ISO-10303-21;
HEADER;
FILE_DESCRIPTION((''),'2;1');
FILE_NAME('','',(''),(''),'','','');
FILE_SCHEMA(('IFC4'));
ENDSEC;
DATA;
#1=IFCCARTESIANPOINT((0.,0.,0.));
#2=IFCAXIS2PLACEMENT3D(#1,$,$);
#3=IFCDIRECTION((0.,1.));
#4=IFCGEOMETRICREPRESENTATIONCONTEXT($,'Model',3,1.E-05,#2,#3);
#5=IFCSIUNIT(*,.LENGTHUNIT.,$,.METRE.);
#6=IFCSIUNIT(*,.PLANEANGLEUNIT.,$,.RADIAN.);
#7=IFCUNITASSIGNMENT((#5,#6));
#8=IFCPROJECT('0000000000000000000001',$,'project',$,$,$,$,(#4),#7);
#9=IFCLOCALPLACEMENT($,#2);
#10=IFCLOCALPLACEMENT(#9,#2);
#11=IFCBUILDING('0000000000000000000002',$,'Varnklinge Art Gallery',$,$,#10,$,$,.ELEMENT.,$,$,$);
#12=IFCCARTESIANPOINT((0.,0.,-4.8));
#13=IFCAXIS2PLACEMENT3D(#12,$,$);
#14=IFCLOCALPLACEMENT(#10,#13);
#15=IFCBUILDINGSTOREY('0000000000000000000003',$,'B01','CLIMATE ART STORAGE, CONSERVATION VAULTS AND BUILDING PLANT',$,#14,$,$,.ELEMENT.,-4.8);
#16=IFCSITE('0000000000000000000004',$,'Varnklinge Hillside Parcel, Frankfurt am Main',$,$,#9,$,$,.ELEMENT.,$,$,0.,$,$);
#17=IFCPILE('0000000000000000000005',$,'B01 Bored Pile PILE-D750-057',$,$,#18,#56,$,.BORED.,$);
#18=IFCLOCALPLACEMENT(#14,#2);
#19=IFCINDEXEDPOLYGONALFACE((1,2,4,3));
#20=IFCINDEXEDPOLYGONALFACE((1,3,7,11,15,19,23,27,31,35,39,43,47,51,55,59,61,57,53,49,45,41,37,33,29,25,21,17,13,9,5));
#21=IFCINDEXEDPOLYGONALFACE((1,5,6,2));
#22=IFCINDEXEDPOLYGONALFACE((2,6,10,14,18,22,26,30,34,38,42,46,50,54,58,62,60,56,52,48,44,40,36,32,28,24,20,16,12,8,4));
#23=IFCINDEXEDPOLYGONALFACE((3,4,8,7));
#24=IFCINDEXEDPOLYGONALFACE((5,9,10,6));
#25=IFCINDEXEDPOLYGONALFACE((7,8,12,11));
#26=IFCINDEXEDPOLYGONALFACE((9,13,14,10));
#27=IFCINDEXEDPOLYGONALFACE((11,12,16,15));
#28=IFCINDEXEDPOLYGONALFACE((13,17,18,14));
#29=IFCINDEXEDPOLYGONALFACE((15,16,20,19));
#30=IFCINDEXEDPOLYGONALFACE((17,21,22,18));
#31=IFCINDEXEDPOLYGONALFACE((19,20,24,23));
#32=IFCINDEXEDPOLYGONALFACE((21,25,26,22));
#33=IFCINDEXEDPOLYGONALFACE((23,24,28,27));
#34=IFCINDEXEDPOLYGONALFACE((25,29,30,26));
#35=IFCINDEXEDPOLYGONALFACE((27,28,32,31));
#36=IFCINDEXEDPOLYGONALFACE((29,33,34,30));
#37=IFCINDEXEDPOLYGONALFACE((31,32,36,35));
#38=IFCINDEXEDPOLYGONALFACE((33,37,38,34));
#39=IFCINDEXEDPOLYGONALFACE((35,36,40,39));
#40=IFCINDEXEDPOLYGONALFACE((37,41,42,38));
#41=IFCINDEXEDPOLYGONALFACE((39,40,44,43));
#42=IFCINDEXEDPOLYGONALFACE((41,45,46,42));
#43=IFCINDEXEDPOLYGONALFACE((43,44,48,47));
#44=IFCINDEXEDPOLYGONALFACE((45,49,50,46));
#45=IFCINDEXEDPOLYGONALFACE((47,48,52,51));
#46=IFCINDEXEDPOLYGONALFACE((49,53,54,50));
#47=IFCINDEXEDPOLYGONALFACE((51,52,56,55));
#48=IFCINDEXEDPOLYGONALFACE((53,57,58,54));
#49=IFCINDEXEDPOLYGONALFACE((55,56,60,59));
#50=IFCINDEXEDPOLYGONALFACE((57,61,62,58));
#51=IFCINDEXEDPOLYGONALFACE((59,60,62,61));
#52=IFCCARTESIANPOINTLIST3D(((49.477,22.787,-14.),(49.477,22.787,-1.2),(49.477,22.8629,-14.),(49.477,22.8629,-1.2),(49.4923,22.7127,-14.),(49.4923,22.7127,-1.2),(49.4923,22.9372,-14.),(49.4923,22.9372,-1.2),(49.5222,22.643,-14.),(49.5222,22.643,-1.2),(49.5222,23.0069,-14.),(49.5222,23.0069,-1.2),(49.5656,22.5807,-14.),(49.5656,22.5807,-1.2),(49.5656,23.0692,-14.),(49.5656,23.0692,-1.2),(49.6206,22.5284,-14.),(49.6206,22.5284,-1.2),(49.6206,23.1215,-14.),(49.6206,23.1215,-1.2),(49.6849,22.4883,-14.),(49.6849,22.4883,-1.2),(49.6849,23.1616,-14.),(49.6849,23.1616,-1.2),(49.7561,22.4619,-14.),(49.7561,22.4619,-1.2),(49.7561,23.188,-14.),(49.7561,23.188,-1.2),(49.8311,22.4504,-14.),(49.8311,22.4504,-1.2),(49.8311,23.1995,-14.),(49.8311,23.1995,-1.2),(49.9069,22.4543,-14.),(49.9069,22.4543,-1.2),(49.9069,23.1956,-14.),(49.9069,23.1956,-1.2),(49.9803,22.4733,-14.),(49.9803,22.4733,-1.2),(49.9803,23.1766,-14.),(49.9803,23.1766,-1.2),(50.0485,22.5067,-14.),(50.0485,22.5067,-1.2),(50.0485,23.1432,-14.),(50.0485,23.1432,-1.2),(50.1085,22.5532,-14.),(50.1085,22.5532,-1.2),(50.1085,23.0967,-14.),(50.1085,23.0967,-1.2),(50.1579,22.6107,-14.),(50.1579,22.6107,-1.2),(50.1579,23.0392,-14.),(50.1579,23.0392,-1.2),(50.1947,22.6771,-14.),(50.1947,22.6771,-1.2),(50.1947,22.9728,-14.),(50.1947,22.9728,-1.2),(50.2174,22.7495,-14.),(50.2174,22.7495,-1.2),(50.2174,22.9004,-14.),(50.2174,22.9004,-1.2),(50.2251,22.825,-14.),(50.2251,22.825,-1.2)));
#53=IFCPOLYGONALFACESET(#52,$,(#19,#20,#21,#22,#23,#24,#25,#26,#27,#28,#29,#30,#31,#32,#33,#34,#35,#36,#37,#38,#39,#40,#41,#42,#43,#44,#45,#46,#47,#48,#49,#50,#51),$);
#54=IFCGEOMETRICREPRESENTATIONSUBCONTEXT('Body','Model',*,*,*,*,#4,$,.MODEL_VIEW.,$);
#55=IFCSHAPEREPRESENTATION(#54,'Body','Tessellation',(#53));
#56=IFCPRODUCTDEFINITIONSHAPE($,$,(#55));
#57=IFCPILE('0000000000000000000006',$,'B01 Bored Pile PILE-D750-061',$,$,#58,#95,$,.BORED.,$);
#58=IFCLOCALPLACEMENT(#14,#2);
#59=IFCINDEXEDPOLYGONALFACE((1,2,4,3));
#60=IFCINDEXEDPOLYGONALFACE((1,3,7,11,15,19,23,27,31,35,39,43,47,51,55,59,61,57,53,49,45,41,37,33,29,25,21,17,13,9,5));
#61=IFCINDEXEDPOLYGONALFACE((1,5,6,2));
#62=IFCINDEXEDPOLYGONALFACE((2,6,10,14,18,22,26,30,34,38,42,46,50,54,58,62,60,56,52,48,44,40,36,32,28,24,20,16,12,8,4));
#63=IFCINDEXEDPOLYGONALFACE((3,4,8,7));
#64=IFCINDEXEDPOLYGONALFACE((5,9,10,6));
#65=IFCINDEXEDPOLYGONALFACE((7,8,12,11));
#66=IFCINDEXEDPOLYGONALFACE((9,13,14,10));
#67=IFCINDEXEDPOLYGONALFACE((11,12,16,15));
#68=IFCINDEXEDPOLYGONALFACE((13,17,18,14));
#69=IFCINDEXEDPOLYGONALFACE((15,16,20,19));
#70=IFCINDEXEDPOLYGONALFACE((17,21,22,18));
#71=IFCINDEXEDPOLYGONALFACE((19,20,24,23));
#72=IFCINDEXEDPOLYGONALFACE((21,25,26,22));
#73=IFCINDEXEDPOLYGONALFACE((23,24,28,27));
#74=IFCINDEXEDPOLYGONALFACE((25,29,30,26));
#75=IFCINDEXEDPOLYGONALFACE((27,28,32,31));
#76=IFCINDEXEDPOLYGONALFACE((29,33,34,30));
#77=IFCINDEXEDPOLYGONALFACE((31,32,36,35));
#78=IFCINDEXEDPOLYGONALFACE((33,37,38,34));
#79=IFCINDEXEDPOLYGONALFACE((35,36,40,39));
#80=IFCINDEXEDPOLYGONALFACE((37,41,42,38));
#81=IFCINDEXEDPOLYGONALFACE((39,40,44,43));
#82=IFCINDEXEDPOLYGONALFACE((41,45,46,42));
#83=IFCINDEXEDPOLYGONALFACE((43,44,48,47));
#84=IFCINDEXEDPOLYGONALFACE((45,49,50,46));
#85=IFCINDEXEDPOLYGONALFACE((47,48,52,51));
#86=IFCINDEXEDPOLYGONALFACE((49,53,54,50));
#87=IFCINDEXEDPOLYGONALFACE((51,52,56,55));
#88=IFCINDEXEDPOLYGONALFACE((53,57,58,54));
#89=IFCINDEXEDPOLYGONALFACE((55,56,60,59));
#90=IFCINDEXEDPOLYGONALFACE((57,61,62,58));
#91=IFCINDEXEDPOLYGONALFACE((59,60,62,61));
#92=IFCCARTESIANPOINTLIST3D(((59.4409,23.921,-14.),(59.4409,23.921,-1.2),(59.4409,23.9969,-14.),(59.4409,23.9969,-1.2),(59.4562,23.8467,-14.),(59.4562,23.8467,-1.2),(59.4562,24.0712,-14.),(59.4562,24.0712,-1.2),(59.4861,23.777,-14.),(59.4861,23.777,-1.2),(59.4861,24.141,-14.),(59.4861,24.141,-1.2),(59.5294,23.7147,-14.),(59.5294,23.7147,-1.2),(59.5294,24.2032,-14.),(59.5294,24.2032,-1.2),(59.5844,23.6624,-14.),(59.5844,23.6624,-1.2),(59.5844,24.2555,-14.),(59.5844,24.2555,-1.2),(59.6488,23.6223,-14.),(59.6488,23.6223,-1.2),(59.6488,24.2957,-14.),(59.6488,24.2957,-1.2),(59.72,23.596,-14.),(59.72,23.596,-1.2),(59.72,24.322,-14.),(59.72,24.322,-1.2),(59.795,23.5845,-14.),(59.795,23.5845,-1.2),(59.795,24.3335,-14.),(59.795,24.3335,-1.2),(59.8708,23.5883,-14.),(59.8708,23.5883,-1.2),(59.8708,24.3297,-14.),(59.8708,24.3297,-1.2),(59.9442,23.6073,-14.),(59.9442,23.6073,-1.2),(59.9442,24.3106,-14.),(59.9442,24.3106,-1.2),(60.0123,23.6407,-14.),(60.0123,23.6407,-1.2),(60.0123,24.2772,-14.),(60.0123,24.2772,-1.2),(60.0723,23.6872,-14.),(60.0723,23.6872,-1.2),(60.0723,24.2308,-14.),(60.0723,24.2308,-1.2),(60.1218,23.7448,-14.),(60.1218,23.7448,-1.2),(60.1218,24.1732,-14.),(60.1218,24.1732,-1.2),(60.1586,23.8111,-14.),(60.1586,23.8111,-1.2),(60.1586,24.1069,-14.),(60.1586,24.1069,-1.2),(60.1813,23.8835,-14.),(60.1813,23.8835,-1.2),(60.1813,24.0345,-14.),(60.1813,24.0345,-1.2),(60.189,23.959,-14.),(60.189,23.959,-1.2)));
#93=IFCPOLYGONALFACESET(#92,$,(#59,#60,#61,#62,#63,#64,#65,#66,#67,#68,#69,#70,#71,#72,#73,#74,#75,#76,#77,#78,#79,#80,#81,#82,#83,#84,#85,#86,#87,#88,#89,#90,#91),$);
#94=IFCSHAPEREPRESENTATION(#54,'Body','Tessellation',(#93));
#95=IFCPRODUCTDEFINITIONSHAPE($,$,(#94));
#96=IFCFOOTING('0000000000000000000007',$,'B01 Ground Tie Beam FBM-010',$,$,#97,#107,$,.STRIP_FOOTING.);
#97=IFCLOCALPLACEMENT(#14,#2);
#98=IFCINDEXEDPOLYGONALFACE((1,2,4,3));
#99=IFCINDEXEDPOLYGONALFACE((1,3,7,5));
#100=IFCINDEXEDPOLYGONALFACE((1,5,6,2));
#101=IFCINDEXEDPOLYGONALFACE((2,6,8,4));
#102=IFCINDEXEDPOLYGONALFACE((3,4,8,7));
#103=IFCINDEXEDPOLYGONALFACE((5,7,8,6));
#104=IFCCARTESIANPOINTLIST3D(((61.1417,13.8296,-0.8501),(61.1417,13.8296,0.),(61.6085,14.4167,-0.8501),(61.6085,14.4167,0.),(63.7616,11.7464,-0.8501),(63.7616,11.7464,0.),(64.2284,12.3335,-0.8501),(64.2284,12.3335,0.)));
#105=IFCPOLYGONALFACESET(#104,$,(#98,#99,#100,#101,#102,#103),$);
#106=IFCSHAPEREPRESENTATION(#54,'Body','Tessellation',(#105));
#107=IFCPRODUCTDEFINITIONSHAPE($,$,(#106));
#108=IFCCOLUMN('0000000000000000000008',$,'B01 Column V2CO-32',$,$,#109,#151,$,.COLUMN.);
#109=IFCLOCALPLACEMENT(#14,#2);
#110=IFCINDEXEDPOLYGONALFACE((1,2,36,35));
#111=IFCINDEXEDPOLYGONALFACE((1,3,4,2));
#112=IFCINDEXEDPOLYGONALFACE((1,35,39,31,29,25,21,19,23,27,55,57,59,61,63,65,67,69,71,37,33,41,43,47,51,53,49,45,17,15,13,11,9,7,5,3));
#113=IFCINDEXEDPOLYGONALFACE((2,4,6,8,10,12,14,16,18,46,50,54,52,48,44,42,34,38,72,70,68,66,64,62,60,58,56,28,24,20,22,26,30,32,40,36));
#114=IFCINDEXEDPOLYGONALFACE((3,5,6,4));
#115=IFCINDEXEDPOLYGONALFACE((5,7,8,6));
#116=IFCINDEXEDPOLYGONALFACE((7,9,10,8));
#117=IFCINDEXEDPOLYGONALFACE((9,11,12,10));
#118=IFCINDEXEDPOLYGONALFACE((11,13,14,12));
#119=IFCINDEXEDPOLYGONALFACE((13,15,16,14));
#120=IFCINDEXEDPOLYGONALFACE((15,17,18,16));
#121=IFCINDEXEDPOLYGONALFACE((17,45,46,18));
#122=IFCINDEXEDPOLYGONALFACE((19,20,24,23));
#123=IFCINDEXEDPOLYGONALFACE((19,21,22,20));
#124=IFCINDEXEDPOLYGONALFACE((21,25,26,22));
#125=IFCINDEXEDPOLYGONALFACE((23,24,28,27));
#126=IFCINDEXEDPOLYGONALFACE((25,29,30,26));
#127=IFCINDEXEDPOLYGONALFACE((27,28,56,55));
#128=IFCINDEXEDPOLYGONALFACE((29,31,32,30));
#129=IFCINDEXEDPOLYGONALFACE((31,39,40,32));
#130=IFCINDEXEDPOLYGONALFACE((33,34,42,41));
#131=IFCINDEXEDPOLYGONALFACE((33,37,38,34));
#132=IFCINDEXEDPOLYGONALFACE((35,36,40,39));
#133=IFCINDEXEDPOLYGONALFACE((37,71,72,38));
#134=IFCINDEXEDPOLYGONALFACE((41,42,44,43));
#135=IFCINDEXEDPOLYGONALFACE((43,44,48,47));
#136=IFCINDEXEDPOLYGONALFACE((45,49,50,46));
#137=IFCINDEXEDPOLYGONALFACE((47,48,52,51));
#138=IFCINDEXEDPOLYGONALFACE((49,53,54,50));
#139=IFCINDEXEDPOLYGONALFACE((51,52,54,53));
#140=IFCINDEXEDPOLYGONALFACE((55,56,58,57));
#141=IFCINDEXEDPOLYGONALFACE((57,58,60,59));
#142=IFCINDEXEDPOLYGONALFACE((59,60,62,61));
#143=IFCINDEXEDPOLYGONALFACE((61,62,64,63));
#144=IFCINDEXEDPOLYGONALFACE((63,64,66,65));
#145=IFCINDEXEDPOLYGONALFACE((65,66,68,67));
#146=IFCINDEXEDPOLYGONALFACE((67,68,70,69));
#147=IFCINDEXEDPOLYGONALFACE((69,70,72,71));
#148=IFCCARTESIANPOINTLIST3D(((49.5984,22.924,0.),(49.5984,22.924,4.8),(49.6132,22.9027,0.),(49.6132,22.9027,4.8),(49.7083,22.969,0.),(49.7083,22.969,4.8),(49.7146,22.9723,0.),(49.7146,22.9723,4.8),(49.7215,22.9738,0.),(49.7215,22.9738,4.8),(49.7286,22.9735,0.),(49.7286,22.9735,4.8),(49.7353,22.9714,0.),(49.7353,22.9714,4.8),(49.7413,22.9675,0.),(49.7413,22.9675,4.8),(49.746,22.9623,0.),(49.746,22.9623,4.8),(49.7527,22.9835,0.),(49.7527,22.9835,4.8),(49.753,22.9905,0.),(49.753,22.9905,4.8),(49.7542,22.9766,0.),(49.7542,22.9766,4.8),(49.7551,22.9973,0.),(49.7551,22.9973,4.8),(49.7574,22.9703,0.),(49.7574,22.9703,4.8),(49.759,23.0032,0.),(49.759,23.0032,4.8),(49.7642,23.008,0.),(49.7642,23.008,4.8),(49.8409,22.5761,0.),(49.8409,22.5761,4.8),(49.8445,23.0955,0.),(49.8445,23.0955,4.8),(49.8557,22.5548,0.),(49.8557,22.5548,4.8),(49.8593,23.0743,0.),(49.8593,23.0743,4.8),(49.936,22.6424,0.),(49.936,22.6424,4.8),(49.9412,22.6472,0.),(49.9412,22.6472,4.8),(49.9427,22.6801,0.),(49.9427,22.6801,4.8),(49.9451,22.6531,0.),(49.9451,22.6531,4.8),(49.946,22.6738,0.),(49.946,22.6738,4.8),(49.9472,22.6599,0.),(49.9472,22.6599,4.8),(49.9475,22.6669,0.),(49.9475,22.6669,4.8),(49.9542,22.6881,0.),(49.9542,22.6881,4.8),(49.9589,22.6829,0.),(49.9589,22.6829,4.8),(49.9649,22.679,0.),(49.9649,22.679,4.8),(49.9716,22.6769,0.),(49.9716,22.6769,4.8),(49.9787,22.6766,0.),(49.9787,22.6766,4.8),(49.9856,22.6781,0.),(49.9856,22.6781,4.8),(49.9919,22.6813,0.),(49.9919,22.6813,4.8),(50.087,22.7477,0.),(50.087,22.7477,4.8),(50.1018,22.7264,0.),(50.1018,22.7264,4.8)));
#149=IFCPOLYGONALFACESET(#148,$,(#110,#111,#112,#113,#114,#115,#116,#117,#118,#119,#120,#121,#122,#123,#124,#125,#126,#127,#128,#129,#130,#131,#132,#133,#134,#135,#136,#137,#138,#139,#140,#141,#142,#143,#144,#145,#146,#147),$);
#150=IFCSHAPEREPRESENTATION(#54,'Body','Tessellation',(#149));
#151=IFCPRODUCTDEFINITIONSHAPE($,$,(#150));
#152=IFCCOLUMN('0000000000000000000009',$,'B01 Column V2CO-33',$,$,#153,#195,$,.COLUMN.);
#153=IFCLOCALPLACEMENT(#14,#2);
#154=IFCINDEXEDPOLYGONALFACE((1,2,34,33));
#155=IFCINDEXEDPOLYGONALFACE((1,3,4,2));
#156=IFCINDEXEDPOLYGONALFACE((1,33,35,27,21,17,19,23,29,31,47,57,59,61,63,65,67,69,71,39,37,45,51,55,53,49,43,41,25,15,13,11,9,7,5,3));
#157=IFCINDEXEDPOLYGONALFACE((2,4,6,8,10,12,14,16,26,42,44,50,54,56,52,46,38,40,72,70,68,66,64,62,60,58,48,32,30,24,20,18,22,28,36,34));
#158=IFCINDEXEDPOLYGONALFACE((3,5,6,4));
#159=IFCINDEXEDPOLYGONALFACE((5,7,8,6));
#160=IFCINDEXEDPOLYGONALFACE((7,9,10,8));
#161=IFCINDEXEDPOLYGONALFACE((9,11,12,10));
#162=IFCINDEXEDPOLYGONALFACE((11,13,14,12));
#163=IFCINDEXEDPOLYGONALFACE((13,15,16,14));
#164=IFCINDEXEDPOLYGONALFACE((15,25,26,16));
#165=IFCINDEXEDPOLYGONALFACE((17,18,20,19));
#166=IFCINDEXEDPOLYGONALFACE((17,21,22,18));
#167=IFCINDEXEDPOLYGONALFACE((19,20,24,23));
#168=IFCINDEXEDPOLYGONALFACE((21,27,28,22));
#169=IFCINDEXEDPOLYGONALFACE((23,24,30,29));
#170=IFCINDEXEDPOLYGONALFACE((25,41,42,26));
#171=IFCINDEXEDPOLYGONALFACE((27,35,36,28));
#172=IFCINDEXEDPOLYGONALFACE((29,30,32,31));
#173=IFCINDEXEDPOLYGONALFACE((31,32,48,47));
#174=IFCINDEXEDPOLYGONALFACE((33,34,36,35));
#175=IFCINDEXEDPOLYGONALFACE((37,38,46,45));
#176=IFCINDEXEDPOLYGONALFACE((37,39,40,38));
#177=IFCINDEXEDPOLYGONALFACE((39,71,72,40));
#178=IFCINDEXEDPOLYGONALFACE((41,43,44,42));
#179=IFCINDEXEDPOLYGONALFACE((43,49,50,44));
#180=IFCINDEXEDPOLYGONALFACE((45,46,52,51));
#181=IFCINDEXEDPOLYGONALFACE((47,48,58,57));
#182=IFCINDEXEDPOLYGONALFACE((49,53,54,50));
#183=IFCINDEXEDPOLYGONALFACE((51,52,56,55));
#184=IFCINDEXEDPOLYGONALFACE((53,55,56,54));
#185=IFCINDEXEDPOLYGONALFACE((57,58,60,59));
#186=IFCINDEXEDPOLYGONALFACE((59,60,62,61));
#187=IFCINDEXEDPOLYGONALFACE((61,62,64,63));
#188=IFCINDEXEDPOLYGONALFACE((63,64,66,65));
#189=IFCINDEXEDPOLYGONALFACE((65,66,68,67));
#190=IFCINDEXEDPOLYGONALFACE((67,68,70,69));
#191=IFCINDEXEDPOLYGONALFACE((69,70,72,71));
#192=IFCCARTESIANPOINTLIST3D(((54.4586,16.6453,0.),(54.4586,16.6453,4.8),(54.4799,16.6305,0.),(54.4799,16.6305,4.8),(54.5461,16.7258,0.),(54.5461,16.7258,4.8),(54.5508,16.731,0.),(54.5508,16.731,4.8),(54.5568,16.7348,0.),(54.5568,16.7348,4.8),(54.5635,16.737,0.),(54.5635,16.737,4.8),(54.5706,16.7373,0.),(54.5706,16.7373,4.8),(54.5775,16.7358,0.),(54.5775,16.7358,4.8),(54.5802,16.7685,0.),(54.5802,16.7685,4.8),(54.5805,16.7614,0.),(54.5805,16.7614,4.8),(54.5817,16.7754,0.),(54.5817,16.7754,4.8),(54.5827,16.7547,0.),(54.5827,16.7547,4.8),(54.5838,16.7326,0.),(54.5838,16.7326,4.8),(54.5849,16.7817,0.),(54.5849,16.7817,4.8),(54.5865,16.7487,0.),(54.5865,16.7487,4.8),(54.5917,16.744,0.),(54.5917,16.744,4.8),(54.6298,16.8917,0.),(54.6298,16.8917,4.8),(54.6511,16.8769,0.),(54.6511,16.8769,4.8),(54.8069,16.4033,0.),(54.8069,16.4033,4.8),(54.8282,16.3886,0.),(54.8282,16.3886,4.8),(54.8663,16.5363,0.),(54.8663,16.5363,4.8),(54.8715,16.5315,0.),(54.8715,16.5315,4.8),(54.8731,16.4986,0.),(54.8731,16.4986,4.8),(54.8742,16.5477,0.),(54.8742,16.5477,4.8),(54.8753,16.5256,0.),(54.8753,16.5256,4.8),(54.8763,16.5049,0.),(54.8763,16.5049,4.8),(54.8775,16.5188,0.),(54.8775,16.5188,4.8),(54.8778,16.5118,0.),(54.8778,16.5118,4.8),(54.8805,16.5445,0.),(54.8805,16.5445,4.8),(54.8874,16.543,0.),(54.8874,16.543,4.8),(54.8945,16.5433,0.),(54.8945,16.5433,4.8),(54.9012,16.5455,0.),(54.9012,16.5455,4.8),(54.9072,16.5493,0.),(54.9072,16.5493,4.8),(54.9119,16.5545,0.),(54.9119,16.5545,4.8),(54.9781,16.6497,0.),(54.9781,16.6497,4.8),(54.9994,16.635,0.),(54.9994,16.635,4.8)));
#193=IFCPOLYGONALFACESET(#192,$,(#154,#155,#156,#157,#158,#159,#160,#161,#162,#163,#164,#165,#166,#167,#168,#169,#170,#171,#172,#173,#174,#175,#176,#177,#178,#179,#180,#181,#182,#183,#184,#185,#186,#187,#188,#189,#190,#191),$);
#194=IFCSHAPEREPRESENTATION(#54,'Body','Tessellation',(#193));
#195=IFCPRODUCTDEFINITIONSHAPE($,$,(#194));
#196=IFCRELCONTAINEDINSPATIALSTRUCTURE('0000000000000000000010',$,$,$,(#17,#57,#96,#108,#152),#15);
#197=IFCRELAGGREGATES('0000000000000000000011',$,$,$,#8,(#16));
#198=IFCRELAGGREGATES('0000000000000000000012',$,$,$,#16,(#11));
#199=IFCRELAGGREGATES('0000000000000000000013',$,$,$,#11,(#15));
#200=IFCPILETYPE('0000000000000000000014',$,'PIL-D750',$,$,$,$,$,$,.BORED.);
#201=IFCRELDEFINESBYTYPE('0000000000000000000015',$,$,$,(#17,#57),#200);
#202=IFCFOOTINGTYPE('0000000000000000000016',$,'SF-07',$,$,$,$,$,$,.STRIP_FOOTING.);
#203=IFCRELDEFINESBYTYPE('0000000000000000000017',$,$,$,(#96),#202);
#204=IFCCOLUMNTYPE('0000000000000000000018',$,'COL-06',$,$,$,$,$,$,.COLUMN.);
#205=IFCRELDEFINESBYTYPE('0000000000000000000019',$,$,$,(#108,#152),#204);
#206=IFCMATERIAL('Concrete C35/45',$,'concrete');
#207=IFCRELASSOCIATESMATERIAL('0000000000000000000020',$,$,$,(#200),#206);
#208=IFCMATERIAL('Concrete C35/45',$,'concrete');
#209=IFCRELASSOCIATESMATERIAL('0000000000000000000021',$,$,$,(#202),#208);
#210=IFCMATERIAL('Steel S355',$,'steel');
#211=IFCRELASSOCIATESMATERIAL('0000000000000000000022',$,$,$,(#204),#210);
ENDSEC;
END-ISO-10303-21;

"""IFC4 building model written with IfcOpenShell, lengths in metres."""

from ifc_helpers import new_model, si_unit, direction, frame, origin, origin_2d, place, context, subcontext, project, spatial, rectangle, circle, i_section, extrude, material, material_profile, profile_set, type_object, element, save


model = new_model("IFC4")

# Units and contexts
model_context = context("Model", 3, precision=1e-05, world=origin(), true_north=direction((0.0, 1.0)))
body_context = subcontext(model_context, "Body", "Model", "MODEL_VIEW")
ifc_project = project(units=[si_unit("LENGTHUNIT", "METRE"), si_unit("PLANEANGLEUNIT", "RADIAN")], contexts=[model_context])

# Site, building, storey
site_placement = place(None, origin())
site = spatial("IfcSite", under=ifc_project, at=site_placement, Name="Varnklinge Hillside Parcel, Frankfurt am Main", CompositionType="ELEMENT", RefElevation=0.0)
building_placement = place(site_placement, origin())
building = spatial("IfcBuilding", under=site, at=building_placement, Name="Varnklinge Art Gallery", CompositionType="ELEMENT")
storey_placement = place(building_placement, frame((0.0, 0.0, -4.8)))
storey = spatial("IfcBuildingStorey", under=building, at=storey_placement, Name="B01", Description="CLIMATE ART STORAGE, CONSERVATION VAULTS AND BUILDING PLANT", CompositionType="ELEMENT", Elevation=-4.8)

# Piles
ifc_material_1 = material(Name="Concrete C35/45", Category="concrete")
ifc_material_profile_1 = material_profile(ifc_material_1, circle(Radius=0.375, at=origin_2d()), Name="PILE D750")
ifc_profile_set_1 = profile_set([ifc_material_profile_1], Name="Concrete C35/45")
pile_type = type_object("IfcPileType", Name="PIL-D750", PredefinedType="BORED", material=ifc_profile_set_1)
for number, where, z_axis, x_axis, name in (
    (1, (49.8501, 22.825, -1.2), (0.0, 0.0, -1.0), (1.0, 0.0, 0.0), "B01 Bored Pile PILE-D750-057"),
    (2, (59.814, 23.959, -1.2), (0.0, 0.0, -1.0), (1.0, 0.0, 0.0), "B01 Bored Pile PILE-D750-061"),
):
    element("IfcPile", number, at=place(storey_placement, frame(where, z_axis=z_axis, x_axis=x_axis)), inside=storey, type_object=pile_type, Name=name, PredefinedType="BORED", context=body_context, shape_type="SweptSolid", body=[
        extrude(circle(Radius=0.375, at=origin_2d()), origin(), (0.0, 0.0, 1.0), 12.8),
    ])

# Footing
ifc_material_2 = material(Name="Concrete C35/45", Category="concrete")
footing_type_1 = type_object("IfcFootingType", Name="SF-07", PredefinedType="STRIP_FOOTING", material=ifc_material_2)
footing_1_placement = place(storey_placement, frame((62.6851, 13.0815, -0.8501), z_axis=(0.0, 0.0, 1.0), x_axis=(-0.782717, 0.622378, 0.0)))
element("IfcFooting", 3, at=footing_1_placement, inside=storey, type_object=footing_type_1, Name="B01 Ground Tie Beam FBM-010", PredefinedType="STRIP_FOOTING", context=body_context, shape_type="SweptSolid", body=[
    extrude(rectangle(XDim=3.3472, YDim=0.75, at=origin_2d()), origin(), (0.0, 0.0, 1.0), 0.8501),
])

# Columns
ifc_material_3 = material(Name="Steel S355", Category="steel")
ifc_material_profile_2 = material_profile(ifc_material_3, i_section(OverallWidth=0.3, OverallDepth=0.45, WebThickness=0.0139, FlangeThickness=0.0259, FilletRadius=0.0271, at=origin_2d()), Name="HEB 450")
ifc_profile_set_2 = profile_set([ifc_material_profile_2], Name="Steel S355")
column_type_1 = type_object("IfcColumnType", Name="COL-06", PredefinedType="COLUMN", material=ifc_profile_set_2)
for number, where, z_axis, x_axis, name in (
    (4, (49.8501, 22.8252, 0.0), (0.0, 0.0, 1.0), (0.820352, 0.57186, 0.0), "B01 Column V2CO-32"),
    (5, (54.729, 16.6401, 0.0), (0.0, 0.0, 1.0), (0.57057, 0.821249, 0.0), "B01 Column V2CO-33"),
):
    element("IfcColumn", number, at=place(storey_placement, frame(where, z_axis=z_axis, x_axis=x_axis)), inside=storey, type_object=column_type_1, Name=name, PredefinedType="COLUMN", context=body_context, shape_type="SweptSolid", body=[
        extrude(i_section(OverallWidth=0.3, OverallDepth=0.45, WebThickness=0.0139, FlangeThickness=0.0259, FilletRadius=0.0271, at=origin_2d()), origin(), (0.0, 0.0, 1.0), 4.8),
    ])

save(model, "model.ifc")
